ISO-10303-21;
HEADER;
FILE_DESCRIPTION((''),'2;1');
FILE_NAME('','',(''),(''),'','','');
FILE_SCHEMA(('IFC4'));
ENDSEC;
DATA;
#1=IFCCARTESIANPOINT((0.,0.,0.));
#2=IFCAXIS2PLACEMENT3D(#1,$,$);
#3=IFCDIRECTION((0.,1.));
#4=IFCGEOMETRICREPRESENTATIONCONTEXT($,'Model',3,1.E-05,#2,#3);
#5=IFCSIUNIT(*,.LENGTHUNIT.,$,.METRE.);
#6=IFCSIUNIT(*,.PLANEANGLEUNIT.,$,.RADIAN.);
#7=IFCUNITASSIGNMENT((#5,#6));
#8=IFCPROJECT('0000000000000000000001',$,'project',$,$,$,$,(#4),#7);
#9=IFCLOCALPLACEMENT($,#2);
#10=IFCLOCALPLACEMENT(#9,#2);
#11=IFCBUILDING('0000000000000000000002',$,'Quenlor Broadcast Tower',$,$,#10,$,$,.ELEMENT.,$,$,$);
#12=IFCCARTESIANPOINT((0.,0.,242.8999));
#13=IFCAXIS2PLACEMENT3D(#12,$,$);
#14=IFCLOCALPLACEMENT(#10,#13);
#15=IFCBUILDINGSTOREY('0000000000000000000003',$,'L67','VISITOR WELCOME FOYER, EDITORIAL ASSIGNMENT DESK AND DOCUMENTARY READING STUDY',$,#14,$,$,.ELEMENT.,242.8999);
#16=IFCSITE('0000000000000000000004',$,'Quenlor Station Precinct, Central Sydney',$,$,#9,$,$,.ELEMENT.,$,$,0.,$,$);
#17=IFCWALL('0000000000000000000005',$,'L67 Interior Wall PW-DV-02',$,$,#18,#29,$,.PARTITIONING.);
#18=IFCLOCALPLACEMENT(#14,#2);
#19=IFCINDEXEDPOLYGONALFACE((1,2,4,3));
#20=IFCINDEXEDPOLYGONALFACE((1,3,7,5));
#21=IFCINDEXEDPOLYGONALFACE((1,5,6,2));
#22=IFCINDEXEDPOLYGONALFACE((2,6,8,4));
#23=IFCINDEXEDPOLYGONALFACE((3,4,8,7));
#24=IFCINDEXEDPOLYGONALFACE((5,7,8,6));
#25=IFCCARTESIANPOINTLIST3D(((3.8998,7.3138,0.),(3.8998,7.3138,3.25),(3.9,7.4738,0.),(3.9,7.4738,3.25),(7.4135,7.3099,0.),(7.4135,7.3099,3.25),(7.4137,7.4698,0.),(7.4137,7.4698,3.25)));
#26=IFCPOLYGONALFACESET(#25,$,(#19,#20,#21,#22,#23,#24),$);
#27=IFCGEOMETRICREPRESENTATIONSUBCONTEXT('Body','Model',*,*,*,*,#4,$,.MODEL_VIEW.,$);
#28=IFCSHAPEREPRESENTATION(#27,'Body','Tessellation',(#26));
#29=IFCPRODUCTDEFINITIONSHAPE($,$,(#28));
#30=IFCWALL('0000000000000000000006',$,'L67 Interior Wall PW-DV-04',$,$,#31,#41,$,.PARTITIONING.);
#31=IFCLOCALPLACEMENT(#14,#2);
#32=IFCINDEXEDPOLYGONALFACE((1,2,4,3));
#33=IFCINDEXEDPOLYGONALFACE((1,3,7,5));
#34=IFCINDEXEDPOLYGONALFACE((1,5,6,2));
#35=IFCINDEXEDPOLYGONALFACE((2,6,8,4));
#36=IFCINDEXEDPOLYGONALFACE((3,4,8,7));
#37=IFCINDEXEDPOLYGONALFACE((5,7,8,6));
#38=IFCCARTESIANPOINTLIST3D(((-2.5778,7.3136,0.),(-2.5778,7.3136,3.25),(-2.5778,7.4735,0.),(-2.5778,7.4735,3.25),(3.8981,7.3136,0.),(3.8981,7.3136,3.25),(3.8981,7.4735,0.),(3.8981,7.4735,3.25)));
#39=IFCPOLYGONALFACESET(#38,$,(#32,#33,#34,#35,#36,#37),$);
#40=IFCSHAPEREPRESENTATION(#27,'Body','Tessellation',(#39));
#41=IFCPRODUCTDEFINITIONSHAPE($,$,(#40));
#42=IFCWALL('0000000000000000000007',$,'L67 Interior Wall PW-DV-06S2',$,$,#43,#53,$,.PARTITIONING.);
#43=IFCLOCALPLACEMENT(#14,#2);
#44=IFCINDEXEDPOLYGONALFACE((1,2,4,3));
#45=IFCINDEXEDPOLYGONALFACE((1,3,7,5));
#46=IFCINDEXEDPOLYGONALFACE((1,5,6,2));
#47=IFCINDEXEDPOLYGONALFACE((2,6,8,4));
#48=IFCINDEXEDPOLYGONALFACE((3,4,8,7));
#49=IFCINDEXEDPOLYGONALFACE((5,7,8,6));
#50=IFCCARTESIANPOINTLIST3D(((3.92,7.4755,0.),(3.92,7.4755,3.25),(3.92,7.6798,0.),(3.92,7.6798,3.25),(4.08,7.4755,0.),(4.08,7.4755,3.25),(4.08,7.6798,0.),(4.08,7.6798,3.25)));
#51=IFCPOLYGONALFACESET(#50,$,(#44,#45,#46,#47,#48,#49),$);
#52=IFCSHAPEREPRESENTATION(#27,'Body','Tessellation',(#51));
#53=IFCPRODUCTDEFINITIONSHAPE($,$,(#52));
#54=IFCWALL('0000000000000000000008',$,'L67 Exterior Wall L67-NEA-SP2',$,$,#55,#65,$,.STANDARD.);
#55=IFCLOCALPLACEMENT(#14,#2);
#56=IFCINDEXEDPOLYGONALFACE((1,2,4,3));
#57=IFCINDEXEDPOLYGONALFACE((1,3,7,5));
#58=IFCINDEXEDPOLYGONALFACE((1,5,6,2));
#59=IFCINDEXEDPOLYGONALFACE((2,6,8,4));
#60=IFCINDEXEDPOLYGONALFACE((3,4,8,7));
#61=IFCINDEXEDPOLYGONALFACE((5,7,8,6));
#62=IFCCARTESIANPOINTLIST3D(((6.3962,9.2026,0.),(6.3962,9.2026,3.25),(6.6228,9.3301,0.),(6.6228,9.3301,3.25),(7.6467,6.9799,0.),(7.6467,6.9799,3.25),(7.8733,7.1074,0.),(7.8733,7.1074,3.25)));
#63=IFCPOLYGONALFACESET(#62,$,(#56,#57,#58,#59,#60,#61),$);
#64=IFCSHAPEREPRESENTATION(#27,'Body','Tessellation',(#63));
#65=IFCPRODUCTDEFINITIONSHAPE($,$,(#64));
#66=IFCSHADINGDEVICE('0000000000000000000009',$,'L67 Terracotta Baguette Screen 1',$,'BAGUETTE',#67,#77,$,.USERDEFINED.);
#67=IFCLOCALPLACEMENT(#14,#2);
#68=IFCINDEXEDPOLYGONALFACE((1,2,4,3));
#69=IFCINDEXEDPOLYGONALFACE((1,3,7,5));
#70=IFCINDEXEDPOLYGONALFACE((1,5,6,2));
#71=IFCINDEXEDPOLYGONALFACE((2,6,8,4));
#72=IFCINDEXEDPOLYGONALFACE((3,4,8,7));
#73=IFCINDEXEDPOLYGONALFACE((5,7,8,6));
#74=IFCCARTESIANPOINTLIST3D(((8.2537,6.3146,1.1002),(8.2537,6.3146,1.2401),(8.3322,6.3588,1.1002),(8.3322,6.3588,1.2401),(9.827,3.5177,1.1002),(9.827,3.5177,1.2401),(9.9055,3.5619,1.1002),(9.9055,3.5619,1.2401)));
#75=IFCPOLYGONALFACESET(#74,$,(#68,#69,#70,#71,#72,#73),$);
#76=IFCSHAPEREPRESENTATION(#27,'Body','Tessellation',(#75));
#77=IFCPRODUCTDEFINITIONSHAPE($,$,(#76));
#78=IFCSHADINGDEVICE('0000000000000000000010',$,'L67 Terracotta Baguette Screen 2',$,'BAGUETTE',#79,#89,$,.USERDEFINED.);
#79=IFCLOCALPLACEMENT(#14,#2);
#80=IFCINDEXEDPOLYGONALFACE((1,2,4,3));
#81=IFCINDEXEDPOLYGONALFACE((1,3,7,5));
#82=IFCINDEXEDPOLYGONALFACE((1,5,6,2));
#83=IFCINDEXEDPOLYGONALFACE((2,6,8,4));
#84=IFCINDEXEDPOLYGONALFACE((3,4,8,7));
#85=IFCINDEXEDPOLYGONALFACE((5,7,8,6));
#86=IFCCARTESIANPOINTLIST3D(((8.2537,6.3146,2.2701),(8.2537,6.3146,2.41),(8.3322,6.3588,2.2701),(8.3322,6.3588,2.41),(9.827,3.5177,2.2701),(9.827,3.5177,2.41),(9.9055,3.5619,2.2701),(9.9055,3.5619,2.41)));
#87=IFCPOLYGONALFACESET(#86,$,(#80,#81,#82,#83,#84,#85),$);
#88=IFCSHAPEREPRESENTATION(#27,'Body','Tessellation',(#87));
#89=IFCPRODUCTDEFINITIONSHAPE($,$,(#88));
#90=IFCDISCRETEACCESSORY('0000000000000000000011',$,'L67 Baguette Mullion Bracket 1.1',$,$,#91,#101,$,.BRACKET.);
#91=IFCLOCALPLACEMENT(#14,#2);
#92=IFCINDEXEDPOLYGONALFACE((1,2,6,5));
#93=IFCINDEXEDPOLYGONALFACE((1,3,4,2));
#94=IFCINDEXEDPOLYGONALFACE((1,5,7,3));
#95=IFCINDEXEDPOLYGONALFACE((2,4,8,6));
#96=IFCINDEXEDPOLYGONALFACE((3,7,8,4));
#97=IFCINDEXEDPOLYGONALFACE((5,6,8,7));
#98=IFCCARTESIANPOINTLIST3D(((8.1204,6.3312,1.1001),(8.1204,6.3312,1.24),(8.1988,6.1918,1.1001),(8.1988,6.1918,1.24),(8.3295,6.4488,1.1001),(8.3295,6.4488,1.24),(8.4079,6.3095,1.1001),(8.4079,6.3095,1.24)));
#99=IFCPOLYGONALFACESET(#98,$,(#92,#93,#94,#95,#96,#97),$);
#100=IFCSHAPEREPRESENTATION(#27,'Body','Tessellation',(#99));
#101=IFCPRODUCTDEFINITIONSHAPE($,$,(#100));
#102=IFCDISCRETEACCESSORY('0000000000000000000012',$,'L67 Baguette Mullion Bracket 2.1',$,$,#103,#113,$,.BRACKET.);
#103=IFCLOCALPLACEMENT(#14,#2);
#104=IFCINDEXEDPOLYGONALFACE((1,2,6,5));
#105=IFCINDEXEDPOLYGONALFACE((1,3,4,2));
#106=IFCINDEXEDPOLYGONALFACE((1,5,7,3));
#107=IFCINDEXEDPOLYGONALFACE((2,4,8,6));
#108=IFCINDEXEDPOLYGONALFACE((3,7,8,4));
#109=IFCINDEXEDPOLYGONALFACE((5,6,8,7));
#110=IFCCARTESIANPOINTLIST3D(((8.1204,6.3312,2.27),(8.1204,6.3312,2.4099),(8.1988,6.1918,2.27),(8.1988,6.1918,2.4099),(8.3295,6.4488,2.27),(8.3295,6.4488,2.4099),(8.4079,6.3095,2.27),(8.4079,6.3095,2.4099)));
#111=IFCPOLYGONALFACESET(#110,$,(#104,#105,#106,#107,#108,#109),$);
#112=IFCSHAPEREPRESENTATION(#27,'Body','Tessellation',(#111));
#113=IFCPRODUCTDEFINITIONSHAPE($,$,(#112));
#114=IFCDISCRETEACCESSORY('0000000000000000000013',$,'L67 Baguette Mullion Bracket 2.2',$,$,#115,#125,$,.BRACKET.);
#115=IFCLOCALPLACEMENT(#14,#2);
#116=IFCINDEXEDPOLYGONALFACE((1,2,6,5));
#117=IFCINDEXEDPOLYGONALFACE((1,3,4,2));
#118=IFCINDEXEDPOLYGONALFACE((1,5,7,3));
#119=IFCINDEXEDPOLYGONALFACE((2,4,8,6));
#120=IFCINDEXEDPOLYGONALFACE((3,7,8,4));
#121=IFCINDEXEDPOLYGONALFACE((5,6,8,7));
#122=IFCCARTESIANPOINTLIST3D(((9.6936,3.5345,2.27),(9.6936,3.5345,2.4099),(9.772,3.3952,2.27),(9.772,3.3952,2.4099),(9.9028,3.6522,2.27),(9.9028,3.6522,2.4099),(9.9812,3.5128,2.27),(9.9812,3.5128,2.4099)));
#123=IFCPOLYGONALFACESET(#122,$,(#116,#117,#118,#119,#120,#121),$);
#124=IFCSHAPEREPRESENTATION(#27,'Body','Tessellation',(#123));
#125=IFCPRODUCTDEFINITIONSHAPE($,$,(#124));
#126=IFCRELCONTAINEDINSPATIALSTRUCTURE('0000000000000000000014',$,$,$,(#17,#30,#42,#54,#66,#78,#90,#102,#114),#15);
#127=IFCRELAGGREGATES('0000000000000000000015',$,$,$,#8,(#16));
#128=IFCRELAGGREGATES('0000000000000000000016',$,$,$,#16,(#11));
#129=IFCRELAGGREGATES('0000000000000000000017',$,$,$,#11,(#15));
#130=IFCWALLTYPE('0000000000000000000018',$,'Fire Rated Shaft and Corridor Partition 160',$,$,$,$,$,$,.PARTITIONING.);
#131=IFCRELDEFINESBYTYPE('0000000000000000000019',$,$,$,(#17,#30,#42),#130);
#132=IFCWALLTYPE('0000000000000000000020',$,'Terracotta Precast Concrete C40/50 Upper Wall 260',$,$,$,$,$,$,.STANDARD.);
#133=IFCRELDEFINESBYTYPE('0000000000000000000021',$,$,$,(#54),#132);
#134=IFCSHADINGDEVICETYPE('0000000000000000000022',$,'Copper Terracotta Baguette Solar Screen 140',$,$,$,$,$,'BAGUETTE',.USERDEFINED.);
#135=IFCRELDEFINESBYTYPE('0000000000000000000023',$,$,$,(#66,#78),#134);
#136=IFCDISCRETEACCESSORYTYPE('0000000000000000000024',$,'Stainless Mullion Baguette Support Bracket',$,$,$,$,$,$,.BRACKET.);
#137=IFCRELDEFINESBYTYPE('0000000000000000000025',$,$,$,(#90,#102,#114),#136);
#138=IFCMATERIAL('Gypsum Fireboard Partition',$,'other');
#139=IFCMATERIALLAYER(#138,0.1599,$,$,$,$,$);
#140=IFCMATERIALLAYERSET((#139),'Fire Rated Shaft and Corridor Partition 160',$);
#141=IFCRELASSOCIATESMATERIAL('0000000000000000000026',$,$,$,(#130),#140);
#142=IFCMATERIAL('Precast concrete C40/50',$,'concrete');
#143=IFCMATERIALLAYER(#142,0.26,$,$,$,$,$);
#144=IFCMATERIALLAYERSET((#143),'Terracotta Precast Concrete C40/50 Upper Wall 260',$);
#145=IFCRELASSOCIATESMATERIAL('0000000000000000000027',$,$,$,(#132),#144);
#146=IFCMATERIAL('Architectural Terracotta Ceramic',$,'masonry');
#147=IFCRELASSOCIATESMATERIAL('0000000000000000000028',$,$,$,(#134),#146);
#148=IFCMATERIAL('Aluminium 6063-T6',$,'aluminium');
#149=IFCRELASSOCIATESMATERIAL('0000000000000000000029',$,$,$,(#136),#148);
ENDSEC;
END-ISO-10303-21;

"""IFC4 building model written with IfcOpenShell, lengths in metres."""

from ifc_helpers import new_model, si_unit, direction, frame, frame_2d, origin, origin_2d, place, context, subcontext, project, spatial, rectangle, extrude, material, layer, layer_set, material_profile, profile_set, type_object, element, save


model = new_model("IFC4")

# Units and contexts
model_context = context("Model", 3, precision=1e-05, world=origin(), true_north=direction((0.0, 1.0)))
body_context = subcontext(model_context, "Body", "Model", "MODEL_VIEW")
ifc_project = project(units=[si_unit("LENGTHUNIT", "METRE"), si_unit("PLANEANGLEUNIT", "RADIAN")], contexts=[model_context])

# Site, building, storey
site_placement = place(None, origin())
site = spatial("IfcSite", under=ifc_project, at=site_placement, Name="Quenlor Station Precinct, Central Sydney", CompositionType="ELEMENT", RefElevation=0.0)
building_placement = place(site_placement, origin())
building = spatial("IfcBuilding", under=site, at=building_placement, Name="Quenlor Broadcast Tower", CompositionType="ELEMENT")
storey_placement = place(building_placement, frame((0.0, 0.0, 242.8999)))
storey = spatial("IfcBuildingStorey", under=building, at=storey_placement, Name="L67", Description="VISITOR WELCOME FOYER, EDITORIAL ASSIGNMENT DESK AND DOCUMENTARY READING STUDY", CompositionType="ELEMENT", Elevation=242.8999)

# Walls
ifc_material_1 = material(Name="Gypsum Fireboard Partition", Category="other")
ifc_layer_1 = layer(ifc_material_1, 0.1599)
ifc_layer_set_1 = layer_set([ifc_layer_1], Name="Fire Rated Shaft and Corridor Partition 160")
wall_type_1 = type_object("IfcWallType", Name="Fire Rated Shaft and Corridor Partition 160", PredefinedType="PARTITIONING", material=ifc_layer_set_1)
wall_1_placement = place(storey_placement, frame((7.4136, 7.3899, 0.0), z_axis=(0.0, 0.0, 1.0), x_axis=(-0.999999, 0.001112, 0.0)))
element("IfcWall", 1, at=wall_1_placement, inside=storey, type_object=wall_type_1, Name="L67 Interior Wall PW-DV-02", PredefinedType="PARTITIONING", context=body_context, shape_type="SweptSolid", body=[
    extrude(rectangle(XDim=3.5137, YDim=0.1599, at=frame_2d((1.7568, 0.0))), origin(), (0.0, 0.0, 1.0), 3.25),
])
wall_2_placement = place(storey_placement, frame((3.8979, 7.3936, 0.0), z_axis=(0.0, 0.0, 1.0), x_axis=(-1.0, 0.0, 0.0)))
element("IfcWall", 2, at=wall_2_placement, inside=storey, type_object=wall_type_1, Name="L67 Interior Wall PW-DV-04", PredefinedType="PARTITIONING", context=body_context, shape_type="SweptSolid", body=[
    extrude(rectangle(XDim=6.4758, YDim=0.1599, at=frame_2d((3.2378, 0.0))), origin(), (0.0, 0.0, 1.0), 3.25),
])
wall_3_placement = place(storey_placement, frame((4.0, 7.4756, 0.0), z_axis=(0.0, 0.0, 1.0), x_axis=(0.0, 1.0, 0.0)))
element("IfcWall", 3, at=wall_3_placement, inside=storey, type_object=wall_type_1, Name="L67 Interior Wall PW-DV-06S2", PredefinedType="PARTITIONING", context=body_context, shape_type="SweptSolid", body=[
    extrude(rectangle(XDim=0.2043, YDim=0.1599, at=frame_2d((0.1021, 0.0))), origin(), (0.0, 0.0, 1.0), 3.25),
])
ifc_material_2 = material(Name="Precast concrete C40/50", Category="concrete")
ifc_layer_2 = layer(ifc_material_2, 0.26)
ifc_layer_set_2 = layer_set([ifc_layer_2], Name="Terracotta Precast Concrete C40/50 Upper Wall 260")
wall_type_2 = type_object("IfcWallType", Name="Terracotta Precast Concrete C40/50 Upper Wall 260", PredefinedType="STANDARD", material=ifc_layer_set_2)
wall_4_placement = place(storey_placement, frame((6.5095, 9.2664, 0.0), z_axis=(0.0, 0.0, 1.0), x_axis=(0.490334, -0.871535, 0.0)))
element("IfcWall", 4, at=wall_4_placement, inside=storey, type_object=wall_type_2, Name="L67 Exterior Wall L67-NEA-SP2", PredefinedType="STANDARD", context=body_context, shape_type="SweptSolid", body=[
    extrude(rectangle(XDim=2.5503, YDim=0.26, at=frame_2d((1.2751, 0.0))), origin(), (0.0, 0.0, 1.0), 3.25),
])

# Shading devices
ifc_material_3 = material(Name="Architectural Terracotta Ceramic", Category="masonry")
ifc_material_profile_1 = material_profile(ifc_material_3, rectangle(XDim=0.0901, YDim=0.1399, at=origin_2d()))
ifc_profile_set_1 = profile_set([ifc_material_profile_1], Name="Architectural Terracotta Ceramic BAG90x140")
shading_device_type = type_object("IfcShadingDeviceType", Name="Copper Terracotta Baguette Solar Screen 140", ElementType="BAGUETTE", PredefinedType="USERDEFINED", material=ifc_profile_set_1)
for number, where, z_axis, x_axis, name in (
    (5, (8.293, 6.3367, 1.1702), (0.490261, -0.871576, 0.0), (0.871576, 0.490261, 0.0), "L67 Terracotta Baguette Screen 1"),
    (6, (8.293, 6.3367, 2.3401), (0.490261, -0.871576, 0.0), (0.871576, 0.490261, 0.0), "L67 Terracotta Baguette Screen 2"),
):
    element("IfcShadingDevice", number, at=place(storey_placement, frame(where, z_axis=z_axis, x_axis=x_axis)), inside=storey, type_object=shading_device_type, Name=name, ObjectType="BAGUETTE", PredefinedType="USERDEFINED", context=body_context, shape_type="SweptSolid", body=[
        extrude(rectangle(XDim=0.0901, YDim=0.1399, at=origin_2d()), origin(), (0.0, 0.0, 1.0), 3.209),
    ])

# Discrete accessories
ifc_material_4 = material(Name="Aluminium 6063-T6", Category="aluminium")
discrete_accessory_type = type_object("IfcDiscreteAccessoryType", Name="Stainless Mullion Baguette Support Bracket", PredefinedType="BRACKET", material=ifc_material_4)
for number, where, z_axis, x_axis, name in (
    (7, (8.2642, 6.3203, 1.1001), (0.0, 0.0, 1.0), (0.490262, -0.871575, 0.0), "L67 Baguette Mullion Bracket 1.1"),
    (8, (8.2642, 6.3203, 2.27), (0.0, 0.0, 1.0), (0.490262, -0.871575, 0.0), "L67 Baguette Mullion Bracket 2.1"),
    (9, (9.8374, 3.5237, 2.27), (0.0, 0.0, 1.0), (0.490262, -0.871575, 0.0), "L67 Baguette Mullion Bracket 2.2"),
):
    element("IfcDiscreteAccessory", number, at=place(storey_placement, frame(where, z_axis=z_axis, x_axis=x_axis)), inside=storey, type_object=discrete_accessory_type, Name=name, PredefinedType="BRACKET", context=body_context, shape_type="SweptSolid", body=[
        extrude(rectangle(XDim=0.1599, YDim=0.24, at=origin_2d()), origin(), (0.0, 0.0, 1.0), 0.1399),
    ])

save(model, "model.ifc")
